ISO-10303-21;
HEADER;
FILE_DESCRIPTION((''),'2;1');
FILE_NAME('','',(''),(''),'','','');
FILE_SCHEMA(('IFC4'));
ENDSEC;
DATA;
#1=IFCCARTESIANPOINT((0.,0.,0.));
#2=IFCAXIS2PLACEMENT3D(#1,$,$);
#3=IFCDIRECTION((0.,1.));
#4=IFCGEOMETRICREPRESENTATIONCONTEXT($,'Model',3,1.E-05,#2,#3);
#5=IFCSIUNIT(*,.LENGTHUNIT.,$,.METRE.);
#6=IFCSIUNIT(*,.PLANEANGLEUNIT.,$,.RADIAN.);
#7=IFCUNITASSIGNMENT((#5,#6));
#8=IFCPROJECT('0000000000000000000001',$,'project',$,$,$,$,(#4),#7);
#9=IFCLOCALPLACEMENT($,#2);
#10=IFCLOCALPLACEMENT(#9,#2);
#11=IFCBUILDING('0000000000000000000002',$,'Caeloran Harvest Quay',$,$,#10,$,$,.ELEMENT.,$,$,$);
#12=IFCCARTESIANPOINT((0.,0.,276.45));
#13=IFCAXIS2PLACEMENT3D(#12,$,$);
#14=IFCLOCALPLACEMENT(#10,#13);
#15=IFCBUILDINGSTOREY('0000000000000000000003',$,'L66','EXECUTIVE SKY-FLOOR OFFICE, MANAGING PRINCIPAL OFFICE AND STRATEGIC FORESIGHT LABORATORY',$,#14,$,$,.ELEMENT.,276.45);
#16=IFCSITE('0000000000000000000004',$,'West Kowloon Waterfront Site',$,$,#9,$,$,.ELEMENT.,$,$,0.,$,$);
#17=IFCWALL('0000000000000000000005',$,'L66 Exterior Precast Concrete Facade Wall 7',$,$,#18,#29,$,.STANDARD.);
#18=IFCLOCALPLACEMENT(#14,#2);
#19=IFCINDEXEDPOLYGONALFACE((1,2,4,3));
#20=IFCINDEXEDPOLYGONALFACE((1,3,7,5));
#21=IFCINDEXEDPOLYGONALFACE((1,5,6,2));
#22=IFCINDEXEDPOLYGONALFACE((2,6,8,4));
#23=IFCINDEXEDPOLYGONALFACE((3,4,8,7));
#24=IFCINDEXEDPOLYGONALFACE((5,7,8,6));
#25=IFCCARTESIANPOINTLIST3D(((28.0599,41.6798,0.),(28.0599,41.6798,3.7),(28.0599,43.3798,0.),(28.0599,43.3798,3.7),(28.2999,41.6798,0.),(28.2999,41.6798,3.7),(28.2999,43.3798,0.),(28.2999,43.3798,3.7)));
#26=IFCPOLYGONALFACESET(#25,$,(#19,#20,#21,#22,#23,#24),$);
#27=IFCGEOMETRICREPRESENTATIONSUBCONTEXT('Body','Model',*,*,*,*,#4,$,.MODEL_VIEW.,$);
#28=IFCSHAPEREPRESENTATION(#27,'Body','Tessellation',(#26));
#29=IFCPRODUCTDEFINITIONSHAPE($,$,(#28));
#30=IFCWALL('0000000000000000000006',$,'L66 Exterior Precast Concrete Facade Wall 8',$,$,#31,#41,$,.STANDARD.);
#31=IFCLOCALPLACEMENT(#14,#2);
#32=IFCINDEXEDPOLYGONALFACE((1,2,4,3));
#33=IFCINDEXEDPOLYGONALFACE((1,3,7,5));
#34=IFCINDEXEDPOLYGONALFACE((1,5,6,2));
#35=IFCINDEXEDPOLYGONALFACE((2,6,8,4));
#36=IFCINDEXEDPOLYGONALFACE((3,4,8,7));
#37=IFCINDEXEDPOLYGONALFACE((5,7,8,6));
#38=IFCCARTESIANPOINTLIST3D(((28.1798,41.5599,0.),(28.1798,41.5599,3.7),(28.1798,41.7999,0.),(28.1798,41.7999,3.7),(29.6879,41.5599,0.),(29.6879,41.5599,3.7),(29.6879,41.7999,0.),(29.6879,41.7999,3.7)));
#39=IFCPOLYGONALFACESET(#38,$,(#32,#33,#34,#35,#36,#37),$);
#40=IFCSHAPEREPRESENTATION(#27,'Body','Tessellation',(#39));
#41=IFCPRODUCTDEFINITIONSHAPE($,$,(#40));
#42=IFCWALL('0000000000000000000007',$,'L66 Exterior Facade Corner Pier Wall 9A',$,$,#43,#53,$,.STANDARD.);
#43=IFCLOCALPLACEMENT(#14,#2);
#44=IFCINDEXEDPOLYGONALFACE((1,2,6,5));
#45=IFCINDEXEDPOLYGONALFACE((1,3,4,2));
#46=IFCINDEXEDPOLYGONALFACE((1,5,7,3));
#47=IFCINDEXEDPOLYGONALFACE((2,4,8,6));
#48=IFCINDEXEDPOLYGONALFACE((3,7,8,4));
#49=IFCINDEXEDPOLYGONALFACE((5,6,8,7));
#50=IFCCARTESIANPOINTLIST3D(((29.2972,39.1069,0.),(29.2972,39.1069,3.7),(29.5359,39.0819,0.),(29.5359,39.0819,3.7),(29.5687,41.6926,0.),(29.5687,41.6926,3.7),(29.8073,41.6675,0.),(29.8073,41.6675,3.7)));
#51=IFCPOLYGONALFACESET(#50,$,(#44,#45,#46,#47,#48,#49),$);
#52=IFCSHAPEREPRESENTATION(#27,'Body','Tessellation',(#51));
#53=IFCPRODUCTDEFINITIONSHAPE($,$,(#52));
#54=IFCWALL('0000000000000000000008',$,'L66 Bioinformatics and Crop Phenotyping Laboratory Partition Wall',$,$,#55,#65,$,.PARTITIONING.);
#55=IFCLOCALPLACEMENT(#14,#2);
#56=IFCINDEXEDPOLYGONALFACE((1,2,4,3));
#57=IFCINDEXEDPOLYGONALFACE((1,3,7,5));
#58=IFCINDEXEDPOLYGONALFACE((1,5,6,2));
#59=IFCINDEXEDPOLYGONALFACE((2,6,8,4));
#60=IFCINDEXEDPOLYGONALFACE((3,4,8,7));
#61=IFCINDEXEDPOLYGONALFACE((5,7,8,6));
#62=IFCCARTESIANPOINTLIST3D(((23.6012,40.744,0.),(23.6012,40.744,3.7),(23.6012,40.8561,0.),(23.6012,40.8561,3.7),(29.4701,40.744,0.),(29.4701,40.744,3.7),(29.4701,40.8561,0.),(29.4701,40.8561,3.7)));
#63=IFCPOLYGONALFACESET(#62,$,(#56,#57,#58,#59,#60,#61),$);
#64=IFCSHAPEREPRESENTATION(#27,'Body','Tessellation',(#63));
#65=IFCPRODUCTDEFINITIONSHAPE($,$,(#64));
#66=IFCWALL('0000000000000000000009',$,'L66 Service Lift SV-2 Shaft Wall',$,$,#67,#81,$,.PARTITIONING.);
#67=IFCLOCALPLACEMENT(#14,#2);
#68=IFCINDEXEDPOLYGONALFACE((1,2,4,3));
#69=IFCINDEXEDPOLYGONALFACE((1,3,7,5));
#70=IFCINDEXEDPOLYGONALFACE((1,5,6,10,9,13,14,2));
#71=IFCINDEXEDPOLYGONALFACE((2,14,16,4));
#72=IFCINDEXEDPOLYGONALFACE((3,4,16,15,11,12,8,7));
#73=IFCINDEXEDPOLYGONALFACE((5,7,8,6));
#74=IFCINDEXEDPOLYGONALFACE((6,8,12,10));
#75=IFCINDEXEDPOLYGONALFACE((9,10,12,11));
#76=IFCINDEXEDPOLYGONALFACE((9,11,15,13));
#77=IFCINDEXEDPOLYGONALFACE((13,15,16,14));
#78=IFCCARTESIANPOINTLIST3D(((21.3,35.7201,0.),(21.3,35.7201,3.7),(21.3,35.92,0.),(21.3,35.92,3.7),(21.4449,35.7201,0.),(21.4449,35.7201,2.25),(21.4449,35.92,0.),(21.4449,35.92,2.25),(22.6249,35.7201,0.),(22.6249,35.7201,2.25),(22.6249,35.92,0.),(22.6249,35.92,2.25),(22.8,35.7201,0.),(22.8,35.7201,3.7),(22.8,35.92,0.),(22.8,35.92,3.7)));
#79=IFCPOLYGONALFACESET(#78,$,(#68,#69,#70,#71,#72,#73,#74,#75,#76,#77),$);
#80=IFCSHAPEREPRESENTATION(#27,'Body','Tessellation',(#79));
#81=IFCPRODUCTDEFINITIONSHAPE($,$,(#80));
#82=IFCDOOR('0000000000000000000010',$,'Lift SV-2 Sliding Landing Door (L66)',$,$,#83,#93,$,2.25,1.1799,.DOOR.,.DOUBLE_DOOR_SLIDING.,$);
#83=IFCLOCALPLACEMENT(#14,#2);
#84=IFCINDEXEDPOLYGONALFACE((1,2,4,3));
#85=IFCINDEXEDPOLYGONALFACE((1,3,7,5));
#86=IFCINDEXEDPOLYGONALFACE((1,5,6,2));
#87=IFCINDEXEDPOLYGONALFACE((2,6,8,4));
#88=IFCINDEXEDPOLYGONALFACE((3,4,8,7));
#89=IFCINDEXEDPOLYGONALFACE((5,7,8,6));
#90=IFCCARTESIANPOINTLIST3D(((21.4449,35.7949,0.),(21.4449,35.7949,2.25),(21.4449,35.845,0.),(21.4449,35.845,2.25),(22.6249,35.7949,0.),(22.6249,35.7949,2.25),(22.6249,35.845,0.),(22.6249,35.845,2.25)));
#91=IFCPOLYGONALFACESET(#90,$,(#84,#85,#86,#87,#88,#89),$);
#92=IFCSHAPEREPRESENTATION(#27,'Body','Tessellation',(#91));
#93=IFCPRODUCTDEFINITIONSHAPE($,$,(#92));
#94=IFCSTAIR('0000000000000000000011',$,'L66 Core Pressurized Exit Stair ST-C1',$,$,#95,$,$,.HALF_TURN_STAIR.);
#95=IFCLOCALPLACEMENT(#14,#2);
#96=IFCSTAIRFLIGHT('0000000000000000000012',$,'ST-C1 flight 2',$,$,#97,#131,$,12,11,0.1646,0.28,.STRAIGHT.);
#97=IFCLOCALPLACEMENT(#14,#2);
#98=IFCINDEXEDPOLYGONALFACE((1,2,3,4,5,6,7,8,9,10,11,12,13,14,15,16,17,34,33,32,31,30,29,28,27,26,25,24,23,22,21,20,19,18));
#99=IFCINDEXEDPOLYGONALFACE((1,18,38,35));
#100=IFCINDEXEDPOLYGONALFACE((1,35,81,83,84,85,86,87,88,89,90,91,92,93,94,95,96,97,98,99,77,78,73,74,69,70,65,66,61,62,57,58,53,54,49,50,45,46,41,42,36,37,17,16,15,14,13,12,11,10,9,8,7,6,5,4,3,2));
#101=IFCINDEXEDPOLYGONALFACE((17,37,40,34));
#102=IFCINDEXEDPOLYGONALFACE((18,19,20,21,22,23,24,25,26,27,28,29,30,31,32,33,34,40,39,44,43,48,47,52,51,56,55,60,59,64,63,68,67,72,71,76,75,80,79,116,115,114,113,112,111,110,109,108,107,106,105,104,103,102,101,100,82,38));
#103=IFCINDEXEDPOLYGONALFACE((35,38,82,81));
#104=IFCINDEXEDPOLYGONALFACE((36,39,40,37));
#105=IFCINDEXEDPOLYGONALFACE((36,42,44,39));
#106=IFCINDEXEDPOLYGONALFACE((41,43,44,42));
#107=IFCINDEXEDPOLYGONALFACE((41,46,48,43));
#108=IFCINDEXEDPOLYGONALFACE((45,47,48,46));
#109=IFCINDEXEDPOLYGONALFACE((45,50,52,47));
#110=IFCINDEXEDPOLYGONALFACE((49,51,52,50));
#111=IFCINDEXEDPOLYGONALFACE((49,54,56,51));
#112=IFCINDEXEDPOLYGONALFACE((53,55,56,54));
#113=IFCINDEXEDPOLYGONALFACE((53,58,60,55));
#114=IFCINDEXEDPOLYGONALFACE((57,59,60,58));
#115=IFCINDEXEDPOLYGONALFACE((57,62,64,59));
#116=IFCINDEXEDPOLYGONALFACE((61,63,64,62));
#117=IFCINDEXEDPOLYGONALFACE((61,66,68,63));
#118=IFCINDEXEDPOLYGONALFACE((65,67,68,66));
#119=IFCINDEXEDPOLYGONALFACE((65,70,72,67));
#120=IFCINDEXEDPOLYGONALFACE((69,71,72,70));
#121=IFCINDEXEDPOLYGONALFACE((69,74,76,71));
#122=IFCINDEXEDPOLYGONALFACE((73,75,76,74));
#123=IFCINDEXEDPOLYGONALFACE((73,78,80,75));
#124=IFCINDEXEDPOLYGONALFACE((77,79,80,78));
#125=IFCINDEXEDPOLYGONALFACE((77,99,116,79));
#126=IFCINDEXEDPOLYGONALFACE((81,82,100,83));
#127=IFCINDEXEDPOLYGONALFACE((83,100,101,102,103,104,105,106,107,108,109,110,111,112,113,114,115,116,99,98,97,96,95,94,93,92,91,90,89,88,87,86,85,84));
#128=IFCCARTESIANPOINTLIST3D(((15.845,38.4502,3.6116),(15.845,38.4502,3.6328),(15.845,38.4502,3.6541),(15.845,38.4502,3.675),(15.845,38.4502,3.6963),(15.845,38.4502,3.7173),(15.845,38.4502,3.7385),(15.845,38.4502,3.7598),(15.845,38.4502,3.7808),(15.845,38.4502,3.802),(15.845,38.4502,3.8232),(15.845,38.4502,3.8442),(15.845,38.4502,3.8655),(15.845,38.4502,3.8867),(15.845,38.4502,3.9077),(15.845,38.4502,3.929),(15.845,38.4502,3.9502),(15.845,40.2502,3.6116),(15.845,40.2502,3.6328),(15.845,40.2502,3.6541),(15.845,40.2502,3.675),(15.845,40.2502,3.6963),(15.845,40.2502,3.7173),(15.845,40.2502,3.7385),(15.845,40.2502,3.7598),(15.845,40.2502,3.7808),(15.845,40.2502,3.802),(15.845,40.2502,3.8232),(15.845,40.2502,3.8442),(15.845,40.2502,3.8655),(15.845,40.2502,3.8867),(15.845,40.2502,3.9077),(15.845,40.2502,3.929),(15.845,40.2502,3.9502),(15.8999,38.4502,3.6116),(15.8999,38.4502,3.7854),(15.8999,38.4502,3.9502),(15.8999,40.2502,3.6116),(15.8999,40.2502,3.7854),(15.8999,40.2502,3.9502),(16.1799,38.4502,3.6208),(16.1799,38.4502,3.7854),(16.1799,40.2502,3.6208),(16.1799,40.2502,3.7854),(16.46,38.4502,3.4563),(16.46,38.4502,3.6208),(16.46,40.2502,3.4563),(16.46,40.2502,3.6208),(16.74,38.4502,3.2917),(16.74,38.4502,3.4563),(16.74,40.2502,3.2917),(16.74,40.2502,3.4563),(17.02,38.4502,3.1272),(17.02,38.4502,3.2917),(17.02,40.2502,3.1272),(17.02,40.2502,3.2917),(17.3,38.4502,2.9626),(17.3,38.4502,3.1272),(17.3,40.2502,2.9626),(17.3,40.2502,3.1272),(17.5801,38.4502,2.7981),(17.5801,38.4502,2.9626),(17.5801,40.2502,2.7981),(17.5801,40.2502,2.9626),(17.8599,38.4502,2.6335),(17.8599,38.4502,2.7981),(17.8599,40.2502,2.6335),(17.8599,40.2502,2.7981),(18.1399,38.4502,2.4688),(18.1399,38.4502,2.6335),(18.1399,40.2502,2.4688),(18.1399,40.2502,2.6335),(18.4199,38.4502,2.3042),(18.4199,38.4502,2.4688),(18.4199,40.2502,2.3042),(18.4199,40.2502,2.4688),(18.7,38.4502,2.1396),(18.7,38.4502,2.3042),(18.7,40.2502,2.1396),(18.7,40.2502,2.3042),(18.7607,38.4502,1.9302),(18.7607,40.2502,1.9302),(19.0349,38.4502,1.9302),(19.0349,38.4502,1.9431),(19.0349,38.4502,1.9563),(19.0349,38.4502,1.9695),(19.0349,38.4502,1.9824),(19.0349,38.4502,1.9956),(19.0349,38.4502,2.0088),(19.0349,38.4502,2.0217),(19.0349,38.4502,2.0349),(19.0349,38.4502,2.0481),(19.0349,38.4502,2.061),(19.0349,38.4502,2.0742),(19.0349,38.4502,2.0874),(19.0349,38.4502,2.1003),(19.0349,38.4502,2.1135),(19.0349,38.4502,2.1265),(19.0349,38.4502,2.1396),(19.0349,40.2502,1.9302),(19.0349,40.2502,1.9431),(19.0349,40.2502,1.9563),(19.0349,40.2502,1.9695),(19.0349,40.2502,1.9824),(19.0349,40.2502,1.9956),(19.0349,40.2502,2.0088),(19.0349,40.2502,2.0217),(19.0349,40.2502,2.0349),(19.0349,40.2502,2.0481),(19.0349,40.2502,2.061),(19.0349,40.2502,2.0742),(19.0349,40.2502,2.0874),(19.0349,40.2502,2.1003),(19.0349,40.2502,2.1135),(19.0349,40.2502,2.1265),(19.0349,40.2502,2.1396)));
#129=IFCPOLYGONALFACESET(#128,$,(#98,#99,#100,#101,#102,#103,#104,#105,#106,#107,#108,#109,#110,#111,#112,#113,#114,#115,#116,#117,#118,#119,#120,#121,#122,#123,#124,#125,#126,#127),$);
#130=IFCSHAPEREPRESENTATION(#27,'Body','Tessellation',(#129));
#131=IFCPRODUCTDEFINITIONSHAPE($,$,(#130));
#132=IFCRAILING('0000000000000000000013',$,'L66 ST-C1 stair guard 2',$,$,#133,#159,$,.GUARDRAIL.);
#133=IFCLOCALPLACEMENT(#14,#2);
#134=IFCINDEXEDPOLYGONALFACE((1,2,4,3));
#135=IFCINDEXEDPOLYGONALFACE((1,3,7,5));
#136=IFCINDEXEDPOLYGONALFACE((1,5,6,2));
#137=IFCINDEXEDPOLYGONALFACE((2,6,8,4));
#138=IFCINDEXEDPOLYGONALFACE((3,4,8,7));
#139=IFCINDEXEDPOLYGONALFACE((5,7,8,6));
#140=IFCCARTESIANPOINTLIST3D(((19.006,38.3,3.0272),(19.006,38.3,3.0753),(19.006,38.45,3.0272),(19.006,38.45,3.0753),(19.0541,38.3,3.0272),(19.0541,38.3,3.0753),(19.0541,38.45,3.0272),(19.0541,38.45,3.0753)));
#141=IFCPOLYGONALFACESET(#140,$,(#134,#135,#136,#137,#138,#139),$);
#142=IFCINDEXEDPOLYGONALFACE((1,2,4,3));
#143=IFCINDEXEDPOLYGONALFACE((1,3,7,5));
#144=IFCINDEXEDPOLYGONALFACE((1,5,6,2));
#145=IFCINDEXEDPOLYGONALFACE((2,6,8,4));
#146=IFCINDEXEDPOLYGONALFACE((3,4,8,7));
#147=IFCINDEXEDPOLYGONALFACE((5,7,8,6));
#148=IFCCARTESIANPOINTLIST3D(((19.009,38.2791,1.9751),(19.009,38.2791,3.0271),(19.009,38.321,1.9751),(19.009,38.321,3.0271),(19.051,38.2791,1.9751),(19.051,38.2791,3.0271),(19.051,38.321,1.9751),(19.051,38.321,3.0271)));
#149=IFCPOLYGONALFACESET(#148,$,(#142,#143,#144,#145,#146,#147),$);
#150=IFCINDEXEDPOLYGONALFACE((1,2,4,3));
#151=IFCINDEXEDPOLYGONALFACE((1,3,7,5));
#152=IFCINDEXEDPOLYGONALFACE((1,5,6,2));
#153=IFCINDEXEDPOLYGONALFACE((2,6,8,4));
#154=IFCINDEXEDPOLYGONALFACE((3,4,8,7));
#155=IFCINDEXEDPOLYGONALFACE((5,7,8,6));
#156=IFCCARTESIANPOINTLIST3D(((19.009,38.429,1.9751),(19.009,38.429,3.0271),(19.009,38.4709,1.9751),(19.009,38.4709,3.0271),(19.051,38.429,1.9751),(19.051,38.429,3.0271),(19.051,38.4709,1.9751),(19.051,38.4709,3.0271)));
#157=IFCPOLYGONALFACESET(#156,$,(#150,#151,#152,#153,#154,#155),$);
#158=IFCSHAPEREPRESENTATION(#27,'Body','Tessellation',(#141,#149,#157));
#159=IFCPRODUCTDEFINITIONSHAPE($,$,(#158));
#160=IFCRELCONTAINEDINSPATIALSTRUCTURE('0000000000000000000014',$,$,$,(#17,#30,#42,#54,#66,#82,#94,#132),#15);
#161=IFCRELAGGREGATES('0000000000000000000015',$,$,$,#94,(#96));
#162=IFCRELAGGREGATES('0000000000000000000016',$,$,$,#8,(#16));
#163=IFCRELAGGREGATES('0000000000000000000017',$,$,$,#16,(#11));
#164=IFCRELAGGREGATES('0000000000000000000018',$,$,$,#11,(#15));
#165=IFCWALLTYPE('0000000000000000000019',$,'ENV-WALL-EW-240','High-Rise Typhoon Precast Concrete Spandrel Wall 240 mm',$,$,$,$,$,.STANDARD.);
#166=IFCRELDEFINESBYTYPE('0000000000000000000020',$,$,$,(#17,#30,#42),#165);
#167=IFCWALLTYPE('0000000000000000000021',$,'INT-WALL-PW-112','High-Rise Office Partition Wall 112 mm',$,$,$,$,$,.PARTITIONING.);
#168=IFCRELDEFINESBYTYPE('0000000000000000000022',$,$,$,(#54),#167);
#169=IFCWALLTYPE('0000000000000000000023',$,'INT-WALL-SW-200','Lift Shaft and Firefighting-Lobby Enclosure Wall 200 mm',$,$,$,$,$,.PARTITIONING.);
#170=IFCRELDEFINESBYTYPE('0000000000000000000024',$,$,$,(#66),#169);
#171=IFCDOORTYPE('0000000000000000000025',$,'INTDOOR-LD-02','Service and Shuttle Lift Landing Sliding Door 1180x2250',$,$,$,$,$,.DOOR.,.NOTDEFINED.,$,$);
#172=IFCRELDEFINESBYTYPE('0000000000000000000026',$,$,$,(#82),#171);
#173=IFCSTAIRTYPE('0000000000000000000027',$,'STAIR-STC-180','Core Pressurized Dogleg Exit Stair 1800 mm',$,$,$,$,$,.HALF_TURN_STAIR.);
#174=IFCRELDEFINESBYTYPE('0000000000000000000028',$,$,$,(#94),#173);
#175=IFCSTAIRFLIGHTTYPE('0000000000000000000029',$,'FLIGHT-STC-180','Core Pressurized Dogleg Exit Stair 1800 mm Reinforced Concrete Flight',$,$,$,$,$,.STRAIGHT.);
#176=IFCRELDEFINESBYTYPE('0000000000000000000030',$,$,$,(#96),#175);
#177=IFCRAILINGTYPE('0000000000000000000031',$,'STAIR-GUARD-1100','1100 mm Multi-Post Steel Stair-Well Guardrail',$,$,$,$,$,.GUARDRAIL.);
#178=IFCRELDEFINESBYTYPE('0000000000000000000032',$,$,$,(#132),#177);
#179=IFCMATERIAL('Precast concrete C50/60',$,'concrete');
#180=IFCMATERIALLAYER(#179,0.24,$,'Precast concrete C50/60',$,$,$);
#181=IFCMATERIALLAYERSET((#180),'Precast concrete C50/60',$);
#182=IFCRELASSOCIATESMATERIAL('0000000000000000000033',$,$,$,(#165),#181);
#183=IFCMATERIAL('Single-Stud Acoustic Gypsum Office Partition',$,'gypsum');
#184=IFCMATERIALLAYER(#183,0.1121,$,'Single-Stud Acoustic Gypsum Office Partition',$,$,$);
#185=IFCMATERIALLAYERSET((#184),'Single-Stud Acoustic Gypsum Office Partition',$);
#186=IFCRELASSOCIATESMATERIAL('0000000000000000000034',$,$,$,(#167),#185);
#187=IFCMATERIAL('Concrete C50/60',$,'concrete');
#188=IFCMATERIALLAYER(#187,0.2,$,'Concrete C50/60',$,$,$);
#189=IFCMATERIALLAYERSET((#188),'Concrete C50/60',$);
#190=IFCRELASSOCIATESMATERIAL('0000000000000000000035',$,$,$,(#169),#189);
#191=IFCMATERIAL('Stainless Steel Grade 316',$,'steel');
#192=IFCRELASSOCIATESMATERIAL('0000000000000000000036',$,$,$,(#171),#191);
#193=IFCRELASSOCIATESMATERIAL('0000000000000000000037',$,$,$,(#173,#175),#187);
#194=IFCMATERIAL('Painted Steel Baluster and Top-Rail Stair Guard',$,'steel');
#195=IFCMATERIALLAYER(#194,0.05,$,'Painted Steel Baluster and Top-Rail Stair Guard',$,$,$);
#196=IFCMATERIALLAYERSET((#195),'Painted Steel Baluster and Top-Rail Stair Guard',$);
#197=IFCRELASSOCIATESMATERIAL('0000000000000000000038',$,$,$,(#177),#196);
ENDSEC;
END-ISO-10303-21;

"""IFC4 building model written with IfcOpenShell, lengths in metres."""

from ifc_helpers import new_model, si_unit, direction, frame, frame_2d, origin, origin_2d, place, context, subcontext, project, spatial, polyline, rectangle, outline, extrude, material, layer, layer_set, type_object, element, fill, aggregate, save


model = new_model("IFC4")

# Units and contexts
model_context = context("Model", 3, precision=1e-05, world=origin(), true_north=direction((0.0, 1.0)))
body_context = subcontext(model_context, "Body", "Model", "MODEL_VIEW")
ifc_project = project(units=[si_unit("LENGTHUNIT", "METRE"), si_unit("PLANEANGLEUNIT", "RADIAN")], contexts=[model_context])

# Site, building, storey
site_placement = place(None, origin())
site = spatial("IfcSite", under=ifc_project, at=site_placement, Name="West Kowloon Waterfront Site", CompositionType="ELEMENT", RefElevation=0.0)
building_placement = place(site_placement, origin())
building = spatial("IfcBuilding", under=site, at=building_placement, Name="Caeloran Harvest Quay", CompositionType="ELEMENT")
storey_placement = place(building_placement, frame((0.0, 0.0, 276.45)))
storey = spatial("IfcBuildingStorey", under=building, at=storey_placement, Name="L66", Description="EXECUTIVE SKY-FLOOR OFFICE, MANAGING PRINCIPAL OFFICE AND STRATEGIC FORESIGHT LABORATORY", CompositionType="ELEMENT", Elevation=276.45)

# Walls
ifc_material_1 = material(Name="Precast concrete C50/60", Category="concrete")
ifc_layer_1 = layer(ifc_material_1, 0.24, Name="Precast concrete C50/60")
ifc_layer_set_1 = layer_set([ifc_layer_1], Name="Precast concrete C50/60")
wall_type_1 = type_object("IfcWallType", Name="ENV-WALL-EW-240", Description="High-Rise Typhoon Precast Concrete Spandrel Wall 240 mm", PredefinedType="STANDARD", material=ifc_layer_set_1)
wall_1_placement = place(storey_placement, frame((28.1799, 43.3799, 0.0), z_axis=(0.0, 0.0, 1.0), x_axis=(0.0, -1.0, 0.0)))
element("IfcWall", 1, at=wall_1_placement, inside=storey, type_object=wall_type_1, Name="L66 Exterior Precast Concrete Facade Wall 7", PredefinedType="STANDARD", context=body_context, shape_type="SweptSolid", body=[
    extrude(rectangle(XDim=1.7, YDim=0.24, at=frame_2d((0.8501, 0.0))), origin(), (0.0, 0.0, 1.0), 3.7),
])
wall_2_placement = place(storey_placement, frame((28.1799, 41.6799, 0.0), z_axis=(0.0, 0.0, 1.0), x_axis=(1.0, 0.0, 0.0)))
element("IfcWall", 2, at=wall_2_placement, inside=storey, type_object=wall_type_1, Name="L66 Exterior Precast Concrete Facade Wall 8", PredefinedType="STANDARD", context=body_context, shape_type="SweptSolid", body=[
    extrude(rectangle(XDim=1.5081, YDim=0.24, at=frame_2d((0.7539, 0.0))), origin(), (0.0, 0.0, 1.0), 3.7),
])
wall_3_placement = place(storey_placement, frame((29.688, 41.6799, 0.0), z_axis=(0.0, 0.0, 1.0), x_axis=(-0.104421, -0.994533, 0.0)))
element("IfcWall", 3, at=wall_3_placement, inside=storey, type_object=wall_type_1, Name="L66 Exterior Facade Corner Pier Wall 9A", PredefinedType="STANDARD", context=body_context, shape_type="SweptSolid", body=[
    extrude(rectangle(XDim=2.5999, YDim=0.24, at=frame_2d((1.2998, 0.0))), origin(), (0.0, 0.0, 1.0), 3.7),
])
ifc_material_2 = material(Name="Single-Stud Acoustic Gypsum Office Partition", Category="gypsum")
ifc_layer_2 = layer(ifc_material_2, 0.1121, Name="Single-Stud Acoustic Gypsum Office Partition")
ifc_layer_set_2 = layer_set([ifc_layer_2], Name="Single-Stud Acoustic Gypsum Office Partition")
wall_type_2 = type_object("IfcWallType", Name="INT-WALL-PW-112", Description="High-Rise Office Partition Wall 112 mm", PredefinedType="PARTITIONING", material=ifc_layer_set_2)
wall_4_placement = place(storey_placement, frame((23.6011, 40.8, 0.0), z_axis=(0.0, 0.0, 1.0), x_axis=(1.0, 0.0, 0.0)))
element("IfcWall", 4, at=wall_4_placement, inside=storey, type_object=wall_type_2, Name="L66 Bioinformatics and Crop Phenotyping Laboratory Partition Wall", PredefinedType="PARTITIONING", context=body_context, shape_type="SweptSolid", body=[
    extrude(rectangle(XDim=5.8689, YDim=0.1121, at=frame_2d((2.9346, 0.0))), origin(), (0.0, 0.0, 1.0), 3.7),
])

# Wall, opening, door
ifc_material_3 = material(Name="Concrete C50/60", Category="concrete")
ifc_layer_3 = layer(ifc_material_3, 0.2, Name="Concrete C50/60")
ifc_layer_set_3 = layer_set([ifc_layer_3], Name="Concrete C50/60")
wall_type_3 = type_object("IfcWallType", Name="INT-WALL-SW-200", Description="Lift Shaft and Firefighting-Lobby Enclosure Wall 200 mm", PredefinedType="PARTITIONING", material=ifc_layer_set_3)
wall_5_placement = place(storey_placement, frame((21.3, 35.8201, 0.0), z_axis=(0.0, 0.0, 1.0), x_axis=(1.0, 0.0, 0.0)))
wall_5 = element("IfcWall", 5, at=wall_5_placement, inside=storey, type_object=wall_type_3, Name="L66 Service Lift SV-2 Shaft Wall", PredefinedType="PARTITIONING", context=body_context, shape_type="SweptSolid", body=[
    extrude(rectangle(XDim=1.5, YDim=0.2, at=frame_2d((0.75, 0.0))), origin(), (0.0, 0.0, 1.0), 3.7),
])
opening_placement = place(wall_5_placement, frame((0.145, 0.0, 0.0)))
opening = element("IfcOpeningElement", 6, at=opening_placement, cuts=wall_5, PredefinedType="OPENING", context=body_context, shape_type="SweptSolid", body=[
    extrude(rectangle(XDim=1.1799, YDim=2.25, at=frame_2d((0.5898, 1.125))), frame((0.0, 0.1099, 0.0), z_axis=(0.0, -1.0, 0.0), x_axis=(1.0, 0.0, 0.0)), (0.0, 0.0, 1.0), 0.22),
])
ifc_material_4 = material(Name="Stainless Steel Grade 316", Category="steel")
door_type = type_object("IfcDoorType", Name="INTDOOR-LD-02", Description="Service and Shuttle Lift Landing Sliding Door 1180x2250", OperationType="NOTDEFINED", PredefinedType="DOOR", material=ifc_material_4)
door_placement = place(opening_placement, origin())
door = element("IfcDoor", 7, at=door_placement, inside=storey, type_object=door_type, Name="Lift SV-2 Sliding Landing Door (L66)", OperationType="DOUBLE_DOOR_SLIDING", OverallHeight=2.25, OverallWidth=1.1799, PredefinedType="DOOR", context=body_context, shape_type="SweptSolid", body=[
    extrude(rectangle(XDim=1.1799, YDim=2.25, at=frame_2d((0.5898, 1.125))), frame((0.0, 0.0249, 0.0), z_axis=(0.0, -1.0, 0.0), x_axis=(1.0, 0.0, 0.0)), (0.0, 0.0, 1.0), 0.05),
])
fill(opening, door)

# Stair, stair flight
stair_type = type_object("IfcStairType", Name="STAIR-STC-180", Description="Core Pressurized Dogleg Exit Stair 1800 mm", PredefinedType="HALF_TURN_STAIR", material=ifc_material_3)
stair_placement = place(storey_placement, origin())
stair = element("IfcStair", 8, at=stair_placement, inside=storey, type_object=stair_type, Name="L66 Core Pressurized Exit Stair ST-C1", PredefinedType="HALF_TURN_STAIR")
stair_flight_type = type_object("IfcStairFlightType", Name="FLIGHT-STC-180", Description="Core Pressurized Dogleg Exit Stair 1800 mm Reinforced Concrete Flight", PredefinedType="STRAIGHT", material=ifc_material_3)
stair_flight_placement = place(storey_placement, frame((18.98, 39.3501, 1.9751), z_axis=(0.0, 0.0, 1.0), x_axis=(-1.0, 0.0, 0.0)))
stair_flight = element("IfcStairFlight", 9, at=stair_flight_placement, type_object=stair_flight_type, Name="ST-C1 flight 2", NumberOfRisers=12, NumberOfTreads=11, PredefinedType="STRAIGHT", RiserHeight=0.1646, TreadLength=0.28, context=body_context, shape_type="SweptSolid", body=[
    extrude(outline(polyline([(-0.0549, -0.0449), (-0.0549, -0.032), (-0.0549, -0.0188), (-0.0549, -0.0056), (-0.0549, 0.0073), (-0.0549, 0.0205), (-0.0549, 0.0337), (-0.0549, 0.0466), (-0.0549, 0.0598), (-0.0549, 0.073), (-0.0549, 0.0859), (-0.0549, 0.0991), (-0.0549, 0.1123), (-0.0549, 0.1252), (-0.0549, 0.1384), (-0.0549, 0.1514), (-0.0549, 0.1646), (0.28, 0.1646), (0.28, 0.3291), (0.5601, 0.3291), (0.5601, 0.4937), (0.8401, 0.4937), (0.8401, 0.6584), (1.1201, 0.6584), (1.1201, 0.823), (1.3999, 0.823), (1.3999, 0.9875), (1.6799, 0.9875), (1.6799, 1.1521), (1.96, 1.1521), (1.96, 1.3167), (2.24, 1.3167), (2.24, 1.4812), (2.52, 1.4812), (2.52, 1.6458), (2.8, 1.6458), (2.8, 1.8103), (3.0801, 1.8103), (3.0801, 1.9751), (3.135, 1.9751), (3.135, 1.9539), (3.135, 1.9326), (3.135, 1.9116), (3.135, 1.8904), (3.135, 1.8691), (3.135, 1.8481), (3.135, 1.8269), (3.135, 1.8057), (3.135, 1.7847), (3.135, 1.7634), (3.135, 1.7422), (3.135, 1.7212), (3.135, 1.7), (3.135, 1.679), (3.135, 1.6577), (3.135, 1.6365), (3.0801, 1.6365), (0.2192, -0.0449), (-0.0549, -0.0449)])), frame((0.0, 0.8999, 0.0), z_axis=(0.0, -1.0, 0.0), x_axis=(1.0, 0.0, 0.0)), (0.0, 0.0, 1.0), 1.8),
])
aggregate(stair, [stair_flight])

# Railing
ifc_material_5 = material(Name="Painted Steel Baluster and Top-Rail Stair Guard", Category="steel")
ifc_layer_4 = layer(ifc_material_5, 0.05, Name="Painted Steel Baluster and Top-Rail Stair Guard")
ifc_layer_set_4 = layer_set([ifc_layer_4], Name="Painted Steel Baluster and Top-Rail Stair Guard")
railing_type_1 = type_object("IfcRailingType", Name="STAIR-GUARD-1100", Description="1100 mm Multi-Post Steel Stair-Well Guardrail", PredefinedType="GUARDRAIL", material=ifc_layer_set_4)
railing_1_placement = place(storey_placement, frame((19.03, 38.3, 1.9751)))
element("IfcRailing", 10, at=railing_1_placement, inside=storey, type_object=railing_type_1, Name="L66 ST-C1 stair guard 2", PredefinedType="GUARDRAIL", context=body_context, shape_type="SweptSolid", body=[
    extrude(rectangle(XDim=0.0481, YDim=0.0481, at=origin_2d()), frame((0.0, 0.0, 1.0762), z_axis=(0.0, 1.0, 0.0), x_axis=(-1.0, 0.0, 0.0)), (0.0, 0.0, 1.0), 0.1499),
    extrude(rectangle(XDim=0.042, YDim=0.042, at=origin_2d()), origin(), (0.0, 0.0, 1.0), 1.052),
    extrude(rectangle(XDim=0.042, YDim=0.042, at=origin_2d()), frame((0.0, 0.1499, 0.0)), (0.0, 0.0, 1.0), 1.052),
])

save(model, "model.ifc")
